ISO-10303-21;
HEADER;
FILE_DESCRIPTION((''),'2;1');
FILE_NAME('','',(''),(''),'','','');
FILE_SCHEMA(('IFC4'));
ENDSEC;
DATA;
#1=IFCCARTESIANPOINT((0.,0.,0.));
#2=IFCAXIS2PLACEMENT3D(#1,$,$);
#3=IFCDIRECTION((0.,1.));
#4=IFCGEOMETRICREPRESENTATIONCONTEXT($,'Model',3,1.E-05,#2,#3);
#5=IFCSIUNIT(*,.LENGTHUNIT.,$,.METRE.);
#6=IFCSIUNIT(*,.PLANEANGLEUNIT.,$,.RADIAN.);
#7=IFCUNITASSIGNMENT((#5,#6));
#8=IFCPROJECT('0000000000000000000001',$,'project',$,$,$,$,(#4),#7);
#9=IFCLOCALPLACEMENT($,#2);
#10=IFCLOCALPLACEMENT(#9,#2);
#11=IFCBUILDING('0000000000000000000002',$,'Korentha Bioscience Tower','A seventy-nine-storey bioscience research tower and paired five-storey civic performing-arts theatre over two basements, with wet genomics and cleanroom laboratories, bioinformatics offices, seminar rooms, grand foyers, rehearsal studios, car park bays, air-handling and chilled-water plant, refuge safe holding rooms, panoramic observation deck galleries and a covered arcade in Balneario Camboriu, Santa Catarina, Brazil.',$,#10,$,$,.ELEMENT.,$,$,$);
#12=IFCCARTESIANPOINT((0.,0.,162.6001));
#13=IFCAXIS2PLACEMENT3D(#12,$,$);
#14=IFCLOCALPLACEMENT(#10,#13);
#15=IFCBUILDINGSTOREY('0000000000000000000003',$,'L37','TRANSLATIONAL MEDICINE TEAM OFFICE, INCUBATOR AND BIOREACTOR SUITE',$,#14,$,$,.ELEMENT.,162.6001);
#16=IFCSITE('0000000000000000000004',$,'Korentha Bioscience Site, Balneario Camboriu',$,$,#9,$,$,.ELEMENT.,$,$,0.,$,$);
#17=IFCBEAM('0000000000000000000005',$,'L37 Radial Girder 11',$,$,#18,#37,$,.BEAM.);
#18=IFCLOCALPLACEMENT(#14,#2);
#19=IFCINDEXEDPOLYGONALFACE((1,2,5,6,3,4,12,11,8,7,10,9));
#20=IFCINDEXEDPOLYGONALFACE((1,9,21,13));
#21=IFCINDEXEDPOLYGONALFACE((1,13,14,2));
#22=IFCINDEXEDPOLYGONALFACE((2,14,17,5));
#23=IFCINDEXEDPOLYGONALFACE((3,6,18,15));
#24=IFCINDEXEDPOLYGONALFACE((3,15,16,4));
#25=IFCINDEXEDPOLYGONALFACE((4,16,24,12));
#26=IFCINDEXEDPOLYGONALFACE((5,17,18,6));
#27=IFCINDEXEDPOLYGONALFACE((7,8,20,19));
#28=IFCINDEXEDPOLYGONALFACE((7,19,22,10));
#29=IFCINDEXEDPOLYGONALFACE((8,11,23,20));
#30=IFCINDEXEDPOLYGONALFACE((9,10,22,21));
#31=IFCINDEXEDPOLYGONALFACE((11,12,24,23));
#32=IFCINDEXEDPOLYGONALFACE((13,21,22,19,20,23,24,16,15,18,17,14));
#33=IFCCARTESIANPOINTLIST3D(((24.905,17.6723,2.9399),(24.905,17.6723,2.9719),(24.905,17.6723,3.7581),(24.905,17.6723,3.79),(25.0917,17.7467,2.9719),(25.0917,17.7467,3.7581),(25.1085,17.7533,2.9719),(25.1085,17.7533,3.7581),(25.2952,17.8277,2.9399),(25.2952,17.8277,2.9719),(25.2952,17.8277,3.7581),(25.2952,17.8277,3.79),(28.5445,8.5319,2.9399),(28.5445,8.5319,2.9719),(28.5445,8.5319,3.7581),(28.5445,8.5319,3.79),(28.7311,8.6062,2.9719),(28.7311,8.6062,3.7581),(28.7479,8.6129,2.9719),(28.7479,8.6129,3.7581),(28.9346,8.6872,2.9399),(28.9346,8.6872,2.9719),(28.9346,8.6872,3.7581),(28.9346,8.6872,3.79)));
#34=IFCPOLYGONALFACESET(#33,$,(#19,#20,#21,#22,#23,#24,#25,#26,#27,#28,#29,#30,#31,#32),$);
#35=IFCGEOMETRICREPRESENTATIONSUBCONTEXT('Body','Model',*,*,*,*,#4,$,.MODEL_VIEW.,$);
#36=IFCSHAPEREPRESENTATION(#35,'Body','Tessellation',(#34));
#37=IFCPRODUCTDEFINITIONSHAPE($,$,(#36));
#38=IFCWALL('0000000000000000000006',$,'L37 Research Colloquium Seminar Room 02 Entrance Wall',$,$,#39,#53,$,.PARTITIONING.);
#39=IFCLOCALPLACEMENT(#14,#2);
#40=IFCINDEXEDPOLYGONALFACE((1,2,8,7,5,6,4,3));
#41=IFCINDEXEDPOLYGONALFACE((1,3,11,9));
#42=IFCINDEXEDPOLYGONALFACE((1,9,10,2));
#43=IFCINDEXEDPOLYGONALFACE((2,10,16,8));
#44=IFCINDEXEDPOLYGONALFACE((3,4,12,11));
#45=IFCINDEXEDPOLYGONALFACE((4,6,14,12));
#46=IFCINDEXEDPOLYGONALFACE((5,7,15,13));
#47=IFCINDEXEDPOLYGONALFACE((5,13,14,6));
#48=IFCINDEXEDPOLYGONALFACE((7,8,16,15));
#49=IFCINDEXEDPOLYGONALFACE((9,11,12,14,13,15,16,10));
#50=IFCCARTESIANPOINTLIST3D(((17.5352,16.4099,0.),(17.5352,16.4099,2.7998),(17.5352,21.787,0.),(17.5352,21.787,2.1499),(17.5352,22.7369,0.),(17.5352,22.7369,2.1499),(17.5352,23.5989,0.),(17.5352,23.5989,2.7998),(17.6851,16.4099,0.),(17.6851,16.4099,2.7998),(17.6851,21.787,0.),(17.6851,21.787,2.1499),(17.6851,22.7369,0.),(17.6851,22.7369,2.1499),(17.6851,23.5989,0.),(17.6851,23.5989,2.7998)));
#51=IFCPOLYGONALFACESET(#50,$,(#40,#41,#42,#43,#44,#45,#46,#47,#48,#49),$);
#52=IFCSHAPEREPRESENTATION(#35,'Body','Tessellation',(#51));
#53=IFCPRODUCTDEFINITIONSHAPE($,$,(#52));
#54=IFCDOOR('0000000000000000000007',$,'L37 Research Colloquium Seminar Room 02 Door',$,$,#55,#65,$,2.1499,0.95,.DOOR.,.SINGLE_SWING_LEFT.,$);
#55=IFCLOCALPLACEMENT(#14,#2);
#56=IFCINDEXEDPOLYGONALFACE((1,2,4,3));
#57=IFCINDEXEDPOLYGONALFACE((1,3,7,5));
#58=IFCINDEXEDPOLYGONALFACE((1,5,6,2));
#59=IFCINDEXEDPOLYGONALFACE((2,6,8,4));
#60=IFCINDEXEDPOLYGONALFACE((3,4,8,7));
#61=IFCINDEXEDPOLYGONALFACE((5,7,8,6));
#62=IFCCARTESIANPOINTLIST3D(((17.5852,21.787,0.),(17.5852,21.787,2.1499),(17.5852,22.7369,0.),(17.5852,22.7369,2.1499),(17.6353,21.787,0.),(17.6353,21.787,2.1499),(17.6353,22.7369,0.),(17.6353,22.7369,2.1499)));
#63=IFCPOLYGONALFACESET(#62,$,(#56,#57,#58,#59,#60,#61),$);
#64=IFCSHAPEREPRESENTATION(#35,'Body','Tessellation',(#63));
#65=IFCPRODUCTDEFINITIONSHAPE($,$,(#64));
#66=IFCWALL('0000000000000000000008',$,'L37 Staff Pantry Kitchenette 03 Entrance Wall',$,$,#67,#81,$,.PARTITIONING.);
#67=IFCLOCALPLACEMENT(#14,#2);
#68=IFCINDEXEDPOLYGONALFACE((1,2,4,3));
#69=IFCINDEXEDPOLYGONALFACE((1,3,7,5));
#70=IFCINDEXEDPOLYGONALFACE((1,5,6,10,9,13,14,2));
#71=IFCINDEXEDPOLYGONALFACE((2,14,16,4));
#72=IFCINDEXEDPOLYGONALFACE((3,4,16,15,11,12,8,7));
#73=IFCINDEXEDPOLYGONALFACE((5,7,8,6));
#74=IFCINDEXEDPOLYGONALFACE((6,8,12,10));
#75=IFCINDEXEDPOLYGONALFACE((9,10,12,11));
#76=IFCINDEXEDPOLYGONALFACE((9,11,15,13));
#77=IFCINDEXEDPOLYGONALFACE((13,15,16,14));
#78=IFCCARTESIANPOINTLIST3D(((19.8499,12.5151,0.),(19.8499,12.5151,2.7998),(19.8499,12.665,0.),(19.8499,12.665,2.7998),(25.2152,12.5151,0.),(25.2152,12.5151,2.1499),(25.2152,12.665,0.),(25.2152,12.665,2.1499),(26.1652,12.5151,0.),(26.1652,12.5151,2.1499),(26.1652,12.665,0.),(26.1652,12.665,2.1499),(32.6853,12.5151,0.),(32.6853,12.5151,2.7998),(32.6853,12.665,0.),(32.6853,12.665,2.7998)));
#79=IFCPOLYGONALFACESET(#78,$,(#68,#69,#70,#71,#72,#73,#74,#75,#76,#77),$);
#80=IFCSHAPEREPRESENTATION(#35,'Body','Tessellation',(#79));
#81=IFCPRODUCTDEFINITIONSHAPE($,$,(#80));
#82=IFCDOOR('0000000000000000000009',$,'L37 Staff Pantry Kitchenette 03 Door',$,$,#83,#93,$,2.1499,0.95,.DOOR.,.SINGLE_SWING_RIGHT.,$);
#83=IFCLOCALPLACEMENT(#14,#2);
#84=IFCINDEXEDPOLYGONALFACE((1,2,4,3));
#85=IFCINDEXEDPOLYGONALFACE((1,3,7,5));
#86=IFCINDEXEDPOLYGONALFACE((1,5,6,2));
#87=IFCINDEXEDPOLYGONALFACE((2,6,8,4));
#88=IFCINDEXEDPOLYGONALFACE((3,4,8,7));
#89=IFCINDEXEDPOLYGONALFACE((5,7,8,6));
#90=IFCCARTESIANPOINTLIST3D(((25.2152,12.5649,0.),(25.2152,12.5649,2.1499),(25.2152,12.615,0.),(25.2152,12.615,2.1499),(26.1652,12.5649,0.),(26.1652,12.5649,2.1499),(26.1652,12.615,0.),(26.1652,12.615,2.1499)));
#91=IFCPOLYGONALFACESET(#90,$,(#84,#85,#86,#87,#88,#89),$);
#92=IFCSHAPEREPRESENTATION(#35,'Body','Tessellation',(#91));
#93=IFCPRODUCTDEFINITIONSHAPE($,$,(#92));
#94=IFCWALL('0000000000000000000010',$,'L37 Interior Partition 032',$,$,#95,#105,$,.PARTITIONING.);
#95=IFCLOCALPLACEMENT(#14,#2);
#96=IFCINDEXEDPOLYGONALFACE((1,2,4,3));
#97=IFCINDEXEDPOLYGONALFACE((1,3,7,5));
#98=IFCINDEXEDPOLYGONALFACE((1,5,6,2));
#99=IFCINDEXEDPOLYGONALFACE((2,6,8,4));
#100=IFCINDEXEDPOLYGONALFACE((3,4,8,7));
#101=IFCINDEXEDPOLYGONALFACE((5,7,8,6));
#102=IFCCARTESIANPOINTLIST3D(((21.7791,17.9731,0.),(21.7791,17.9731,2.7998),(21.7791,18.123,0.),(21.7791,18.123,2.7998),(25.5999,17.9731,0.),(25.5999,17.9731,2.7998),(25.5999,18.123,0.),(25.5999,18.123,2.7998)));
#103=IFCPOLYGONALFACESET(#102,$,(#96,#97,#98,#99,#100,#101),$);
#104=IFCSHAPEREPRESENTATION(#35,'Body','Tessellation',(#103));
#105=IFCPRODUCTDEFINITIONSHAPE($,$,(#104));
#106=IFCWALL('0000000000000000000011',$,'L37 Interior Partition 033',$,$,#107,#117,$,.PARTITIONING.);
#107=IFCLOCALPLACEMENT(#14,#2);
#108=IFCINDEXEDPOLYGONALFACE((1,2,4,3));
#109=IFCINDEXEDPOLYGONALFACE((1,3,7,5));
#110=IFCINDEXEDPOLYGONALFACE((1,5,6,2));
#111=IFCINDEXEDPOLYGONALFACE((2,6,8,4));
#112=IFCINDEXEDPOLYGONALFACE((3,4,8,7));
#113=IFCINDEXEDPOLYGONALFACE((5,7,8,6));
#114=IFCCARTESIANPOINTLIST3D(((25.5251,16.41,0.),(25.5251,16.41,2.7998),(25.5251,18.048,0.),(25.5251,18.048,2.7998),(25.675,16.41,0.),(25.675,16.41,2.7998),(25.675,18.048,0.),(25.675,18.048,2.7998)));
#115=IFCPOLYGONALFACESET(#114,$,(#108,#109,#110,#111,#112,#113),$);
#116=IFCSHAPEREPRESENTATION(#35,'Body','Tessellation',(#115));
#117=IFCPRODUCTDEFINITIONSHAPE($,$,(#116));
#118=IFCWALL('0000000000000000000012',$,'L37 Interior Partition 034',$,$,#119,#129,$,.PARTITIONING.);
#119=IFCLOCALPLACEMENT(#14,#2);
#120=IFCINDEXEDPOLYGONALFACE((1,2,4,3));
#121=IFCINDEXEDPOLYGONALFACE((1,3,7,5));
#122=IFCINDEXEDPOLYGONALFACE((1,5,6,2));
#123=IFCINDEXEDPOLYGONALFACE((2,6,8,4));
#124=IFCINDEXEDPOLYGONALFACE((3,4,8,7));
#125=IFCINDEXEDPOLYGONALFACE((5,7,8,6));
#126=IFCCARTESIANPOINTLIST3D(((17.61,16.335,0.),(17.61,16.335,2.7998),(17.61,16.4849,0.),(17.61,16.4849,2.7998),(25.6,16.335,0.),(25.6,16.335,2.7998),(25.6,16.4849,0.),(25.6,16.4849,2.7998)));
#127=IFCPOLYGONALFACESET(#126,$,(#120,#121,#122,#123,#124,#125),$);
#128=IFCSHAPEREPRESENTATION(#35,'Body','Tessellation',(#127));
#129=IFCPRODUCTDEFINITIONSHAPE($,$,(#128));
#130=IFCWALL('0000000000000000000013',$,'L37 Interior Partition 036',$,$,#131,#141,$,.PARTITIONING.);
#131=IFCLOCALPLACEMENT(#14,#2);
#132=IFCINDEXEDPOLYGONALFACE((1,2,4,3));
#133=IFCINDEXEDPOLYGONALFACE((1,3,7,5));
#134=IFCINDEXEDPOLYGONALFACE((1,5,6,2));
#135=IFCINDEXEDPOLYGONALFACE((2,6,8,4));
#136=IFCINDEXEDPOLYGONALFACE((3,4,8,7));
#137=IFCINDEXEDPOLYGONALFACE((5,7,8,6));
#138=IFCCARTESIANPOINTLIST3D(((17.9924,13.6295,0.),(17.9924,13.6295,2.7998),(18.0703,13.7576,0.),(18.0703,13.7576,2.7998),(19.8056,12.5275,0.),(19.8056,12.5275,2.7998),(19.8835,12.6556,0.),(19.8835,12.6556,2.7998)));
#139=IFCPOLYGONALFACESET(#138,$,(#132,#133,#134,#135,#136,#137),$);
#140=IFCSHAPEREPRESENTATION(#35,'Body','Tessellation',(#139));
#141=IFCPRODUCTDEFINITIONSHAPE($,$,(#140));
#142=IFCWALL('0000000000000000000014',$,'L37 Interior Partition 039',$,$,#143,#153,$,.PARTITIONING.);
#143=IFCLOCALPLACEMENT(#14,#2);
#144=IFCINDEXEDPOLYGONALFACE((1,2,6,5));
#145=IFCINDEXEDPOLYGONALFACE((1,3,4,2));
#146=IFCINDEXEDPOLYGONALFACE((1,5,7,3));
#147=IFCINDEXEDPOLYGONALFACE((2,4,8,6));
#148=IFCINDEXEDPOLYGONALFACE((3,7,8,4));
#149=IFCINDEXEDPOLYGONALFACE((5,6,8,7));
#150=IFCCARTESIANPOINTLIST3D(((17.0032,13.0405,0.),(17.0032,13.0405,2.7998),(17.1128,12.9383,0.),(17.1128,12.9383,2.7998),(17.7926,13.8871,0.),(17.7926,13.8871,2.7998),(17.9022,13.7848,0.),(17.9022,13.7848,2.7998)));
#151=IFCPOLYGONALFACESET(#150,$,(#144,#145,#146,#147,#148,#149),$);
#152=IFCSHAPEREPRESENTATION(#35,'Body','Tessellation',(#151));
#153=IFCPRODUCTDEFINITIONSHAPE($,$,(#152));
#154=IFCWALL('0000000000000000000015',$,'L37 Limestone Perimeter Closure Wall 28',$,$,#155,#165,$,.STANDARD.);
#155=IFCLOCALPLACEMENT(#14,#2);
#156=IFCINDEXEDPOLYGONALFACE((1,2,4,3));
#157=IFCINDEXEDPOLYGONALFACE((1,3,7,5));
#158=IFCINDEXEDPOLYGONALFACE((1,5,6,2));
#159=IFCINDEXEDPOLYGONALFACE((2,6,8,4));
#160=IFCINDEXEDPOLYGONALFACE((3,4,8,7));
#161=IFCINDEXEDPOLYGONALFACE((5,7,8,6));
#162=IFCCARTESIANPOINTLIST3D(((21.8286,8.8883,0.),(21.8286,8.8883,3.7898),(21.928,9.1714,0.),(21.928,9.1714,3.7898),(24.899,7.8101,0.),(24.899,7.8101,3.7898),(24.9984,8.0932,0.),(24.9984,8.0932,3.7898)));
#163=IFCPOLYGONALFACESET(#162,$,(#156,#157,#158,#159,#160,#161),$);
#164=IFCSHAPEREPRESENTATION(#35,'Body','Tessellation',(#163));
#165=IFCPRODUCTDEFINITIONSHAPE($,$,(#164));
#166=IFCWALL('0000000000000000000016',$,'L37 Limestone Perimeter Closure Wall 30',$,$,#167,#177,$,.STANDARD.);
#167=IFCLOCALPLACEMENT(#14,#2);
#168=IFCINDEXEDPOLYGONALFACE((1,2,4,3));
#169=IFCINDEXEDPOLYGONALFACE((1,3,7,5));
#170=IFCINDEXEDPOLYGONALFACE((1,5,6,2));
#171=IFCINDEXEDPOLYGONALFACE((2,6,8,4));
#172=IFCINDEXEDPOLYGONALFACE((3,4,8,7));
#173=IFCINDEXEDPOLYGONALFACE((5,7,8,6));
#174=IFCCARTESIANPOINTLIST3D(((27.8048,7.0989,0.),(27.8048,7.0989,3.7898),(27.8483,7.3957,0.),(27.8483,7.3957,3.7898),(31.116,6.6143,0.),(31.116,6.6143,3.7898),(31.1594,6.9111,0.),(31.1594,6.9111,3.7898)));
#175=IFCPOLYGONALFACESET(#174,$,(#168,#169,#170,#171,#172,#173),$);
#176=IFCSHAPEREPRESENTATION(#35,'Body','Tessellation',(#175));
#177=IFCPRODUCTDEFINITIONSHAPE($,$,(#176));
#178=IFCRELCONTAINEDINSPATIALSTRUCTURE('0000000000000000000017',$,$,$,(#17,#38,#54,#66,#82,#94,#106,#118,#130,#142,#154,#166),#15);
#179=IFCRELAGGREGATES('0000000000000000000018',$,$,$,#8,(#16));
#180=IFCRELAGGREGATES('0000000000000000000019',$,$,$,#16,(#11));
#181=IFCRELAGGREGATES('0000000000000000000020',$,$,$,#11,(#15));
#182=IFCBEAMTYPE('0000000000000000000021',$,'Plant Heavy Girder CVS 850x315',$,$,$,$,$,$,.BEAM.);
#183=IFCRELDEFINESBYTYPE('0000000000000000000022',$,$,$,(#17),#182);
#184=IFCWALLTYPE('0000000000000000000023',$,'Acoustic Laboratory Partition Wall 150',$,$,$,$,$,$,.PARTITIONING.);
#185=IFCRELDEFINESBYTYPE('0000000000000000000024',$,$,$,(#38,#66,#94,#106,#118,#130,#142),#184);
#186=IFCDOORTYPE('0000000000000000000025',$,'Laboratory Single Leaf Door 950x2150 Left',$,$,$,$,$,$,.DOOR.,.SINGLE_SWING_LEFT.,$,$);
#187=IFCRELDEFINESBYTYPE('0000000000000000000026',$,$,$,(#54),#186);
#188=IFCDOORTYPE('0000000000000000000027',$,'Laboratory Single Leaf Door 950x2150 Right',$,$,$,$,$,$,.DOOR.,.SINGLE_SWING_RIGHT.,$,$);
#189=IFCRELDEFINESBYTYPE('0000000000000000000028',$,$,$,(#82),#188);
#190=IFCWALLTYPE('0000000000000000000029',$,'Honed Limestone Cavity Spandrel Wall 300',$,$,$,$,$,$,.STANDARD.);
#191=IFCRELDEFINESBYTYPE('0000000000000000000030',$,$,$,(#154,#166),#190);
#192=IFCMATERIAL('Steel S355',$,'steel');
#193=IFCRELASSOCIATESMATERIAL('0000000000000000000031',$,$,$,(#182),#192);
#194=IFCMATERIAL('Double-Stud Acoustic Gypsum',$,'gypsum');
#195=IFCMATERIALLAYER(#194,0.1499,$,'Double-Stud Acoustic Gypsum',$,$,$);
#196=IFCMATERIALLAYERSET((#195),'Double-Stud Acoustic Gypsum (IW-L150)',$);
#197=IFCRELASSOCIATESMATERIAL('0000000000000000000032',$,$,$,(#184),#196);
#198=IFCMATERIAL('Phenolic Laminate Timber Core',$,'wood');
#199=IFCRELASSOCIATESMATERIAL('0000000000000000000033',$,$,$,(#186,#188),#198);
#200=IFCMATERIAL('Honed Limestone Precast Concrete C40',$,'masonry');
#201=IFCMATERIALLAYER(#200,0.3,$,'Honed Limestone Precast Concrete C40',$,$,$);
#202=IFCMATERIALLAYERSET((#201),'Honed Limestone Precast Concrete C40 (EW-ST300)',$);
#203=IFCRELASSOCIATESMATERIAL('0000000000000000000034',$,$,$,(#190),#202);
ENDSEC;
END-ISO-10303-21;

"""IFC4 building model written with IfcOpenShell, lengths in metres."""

from ifc_helpers import new_model, si_unit, direction, frame, frame_2d, origin, origin_2d, place, context, subcontext, project, spatial, rectangle, i_section, extrude, material, layer, layer_set, material_profile, profile_set, type_object, element, fill, save


model = new_model("IFC4")

# Units and contexts
model_context = context("Model", 3, precision=1e-05, world=origin(), true_north=direction((0.0, 1.0)))
body_context = subcontext(model_context, "Body", "Model", "MODEL_VIEW")
ifc_project = project(units=[si_unit("LENGTHUNIT", "METRE"), si_unit("PLANEANGLEUNIT", "RADIAN")], contexts=[model_context])

# Site, building, storey
site_placement = place(None, origin())
site = spatial("IfcSite", under=ifc_project, at=site_placement, Name="Korentha Bioscience Site, Balneario Camboriu", CompositionType="ELEMENT", RefElevation=0.0)
building_placement = place(site_placement, origin())
building = spatial("IfcBuilding", under=site, at=building_placement, Name="Korentha Bioscience Tower", Description="A seventy-nine-storey bioscience research tower and paired five-storey civic performing-arts theatre over two basements, with wet genomics and cleanroom laboratories, bioinformatics offices, seminar rooms, grand foyers, rehearsal studios, car park bays, air-handling and chilled-water plant, refuge safe holding rooms, panoramic observation deck galleries and a covered arcade in Balneario Camboriu, Santa Catarina, Brazil.", CompositionType="ELEMENT")
storey_placement = place(building_placement, frame((0.0, 0.0, 162.6001)))
storey = spatial("IfcBuildingStorey", under=building, at=storey_placement, Name="L37", Description="TRANSLATIONAL MEDICINE TEAM OFFICE, INCUBATOR AND BIOREACTOR SUITE", CompositionType="ELEMENT", Elevation=162.6001)

# Beam
ifc_material_1 = material(Name="Steel S355", Category="steel")
ifc_material_profile_1 = material_profile(ifc_material_1, i_section(OverallWidth=0.4199, OverallDepth=0.8501, WebThickness=0.0181, FlangeThickness=0.032, at=origin_2d()), Name="Steel S355")
ifc_profile_set_1 = profile_set([ifc_material_profile_1], Name="Steel S355 (MB-850)")
beam_type_1 = type_object("IfcBeamType", Name="Plant Heavy Girder CVS 850x315", PredefinedType="BEAM", material=ifc_profile_set_1)
beam_1_placement = place(storey_placement, frame((25.1001, 17.75, 3.365), z_axis=(0.369923, -0.929063, 0.0), x_axis=(0.929063, 0.369923, 0.0)))
element("IfcBeam", 1, at=beam_1_placement, inside=storey, type_object=beam_type_1, Name="L37 Radial Girder 11", PredefinedType="BEAM", context=body_context, shape_type="SweptSolid", body=[
    extrude(i_section(OverallWidth=0.4199, OverallDepth=0.8501, WebThickness=0.0181, FlangeThickness=0.032, at=origin_2d()), origin(), (0.0, 0.0, 1.0), 9.8384),
])

# Walls, openings, doors
ifc_material_2 = material(Name="Double-Stud Acoustic Gypsum", Category="gypsum")
ifc_layer_1 = layer(ifc_material_2, 0.1499, Name="Double-Stud Acoustic Gypsum")
ifc_layer_set_1 = layer_set([ifc_layer_1], Name="Double-Stud Acoustic Gypsum (IW-L150)")
wall_type_1 = type_object("IfcWallType", Name="Acoustic Laboratory Partition Wall 150", PredefinedType="PARTITIONING", material=ifc_layer_set_1)
wall_1_placement = place(storey_placement, frame((17.6101, 16.4099, 0.0), z_axis=(0.0, 0.0, 1.0), x_axis=(0.0, 1.0, 0.0)))
wall_1 = element("IfcWall", 2, at=wall_1_placement, inside=storey, type_object=wall_type_1, Name="L37 Research Colloquium Seminar Room 02 Entrance Wall", PredefinedType="PARTITIONING", context=body_context, shape_type="SweptSolid", body=[
    extrude(rectangle(XDim=7.189, YDim=0.1499, at=frame_2d((3.5945, 0.0))), origin(), (0.0, 0.0, 1.0), 2.7998),
])
opening_1_placement = place(wall_1_placement, frame((5.377, 0.0, 0.0)))
opening_1 = element("IfcOpeningElement", 3, at=opening_1_placement, cuts=wall_1, PredefinedType="OPENING", context=body_context, shape_type="SweptSolid", body=[
    extrude(rectangle(XDim=0.95, YDim=2.1499, at=frame_2d((0.4751, 1.075))), frame((0.0, 0.0898, 0.0), z_axis=(0.0, -1.0, 0.0), x_axis=(1.0, 0.0, 0.0)), (0.0, 0.0, 1.0), 0.1797),
])
ifc_material_3 = material(Name="Phenolic Laminate Timber Core", Category="wood")
door_type_1 = type_object("IfcDoorType", Name="Laboratory Single Leaf Door 950x2150 Left", OperationType="SINGLE_SWING_LEFT", PredefinedType="DOOR", material=ifc_material_3)
door_1_placement = place(opening_1_placement, origin())
door_1 = element("IfcDoor", 4, at=door_1_placement, inside=storey, type_object=door_type_1, Name="L37 Research Colloquium Seminar Room 02 Door", OperationType="SINGLE_SWING_LEFT", OverallHeight=2.1499, OverallWidth=0.95, PredefinedType="DOOR", context=body_context, shape_type="SweptSolid", body=[
    extrude(rectangle(XDim=0.95, YDim=2.1499, at=frame_2d((0.4751, 1.075))), frame((0.0, 0.0249, 0.0), z_axis=(0.0, -1.0, 0.0), x_axis=(1.0, 0.0, 0.0)), (0.0, 0.0, 1.0), 0.05),
])
fill(opening_1, door_1)
wall_2_placement = place(storey_placement, frame((19.8499, 12.5901, 0.0), z_axis=(0.0, 0.0, 1.0), x_axis=(1.0, 0.0, 0.0)))
wall_2 = element("IfcWall", 5, at=wall_2_placement, inside=storey, type_object=wall_type_1, Name="L37 Staff Pantry Kitchenette 03 Entrance Wall", PredefinedType="PARTITIONING", context=body_context, shape_type="SweptSolid", body=[
    extrude(rectangle(XDim=12.8354, YDim=0.1499, at=frame_2d((6.4177, 0.0))), origin(), (0.0, 0.0, 1.0), 2.7998),
])
opening_2_placement = place(wall_2_placement, frame((5.3652, 0.0, 0.0)))
opening_2 = element("IfcOpeningElement", 6, at=opening_2_placement, cuts=wall_2, PredefinedType="OPENING", context=body_context, shape_type="SweptSolid", body=[
    extrude(rectangle(XDim=0.95, YDim=2.1499, at=frame_2d((0.4751, 1.075))), frame((0.0, 0.0898, 0.0), z_axis=(0.0, -1.0, 0.0), x_axis=(1.0, 0.0, 0.0)), (0.0, 0.0, 1.0), 0.1797),
])
door_type_2 = type_object("IfcDoorType", Name="Laboratory Single Leaf Door 950x2150 Right", OperationType="SINGLE_SWING_RIGHT", PredefinedType="DOOR", material=ifc_material_3)
door_2_placement = place(opening_2_placement, origin())
door_2 = element("IfcDoor", 7, at=door_2_placement, inside=storey, type_object=door_type_2, Name="L37 Staff Pantry Kitchenette 03 Door", OperationType="SINGLE_SWING_RIGHT", OverallHeight=2.1499, OverallWidth=0.95, PredefinedType="DOOR", context=body_context, shape_type="SweptSolid", body=[
    extrude(rectangle(XDim=0.95, YDim=2.1499, at=frame_2d((0.4751, 1.075))), frame((0.0, 0.0249, 0.0), z_axis=(0.0, -1.0, 0.0), x_axis=(1.0, 0.0, 0.0)), (0.0, 0.0, 1.0), 0.05),
])
fill(opening_2, door_2)

# Walls
wall_3_placement = place(storey_placement, frame((21.7791, 18.0481, 0.0), z_axis=(0.0, 0.0, 1.0), x_axis=(1.0, 0.0, 0.0)))
element("IfcWall", 8, at=wall_3_placement, inside=storey, type_object=wall_type_1, Name="L37 Interior Partition 032", PredefinedType="PARTITIONING", context=body_context, shape_type="SweptSolid", body=[
    extrude(rectangle(XDim=3.8208, YDim=0.1499, at=frame_2d((1.9104, 0.0))), origin(), (0.0, 0.0, 1.0), 2.7998),
])
wall_4_placement = place(storey_placement, frame((25.6001, 18.0479, 0.0), z_axis=(0.0, 0.0, 1.0), x_axis=(0.0, -1.0, 0.0)))
element("IfcWall", 9, at=wall_4_placement, inside=storey, type_object=wall_type_1, Name="L37 Interior Partition 033", PredefinedType="PARTITIONING", context=body_context, shape_type="SweptSolid", body=[
    extrude(rectangle(XDim=1.6379, YDim=0.1499, at=frame_2d((0.8188, 0.0))), origin(), (0.0, 0.0, 1.0), 2.7998),
])
wall_5_placement = place(storey_placement, frame((25.6001, 16.4099, 0.0), z_axis=(0.0, 0.0, 1.0), x_axis=(-1.0, 0.0, 0.0)))
element("IfcWall", 10, at=wall_5_placement, inside=storey, type_object=wall_type_1, Name="L37 Interior Partition 034", PredefinedType="PARTITIONING", context=body_context, shape_type="SweptSolid", body=[
    extrude(rectangle(XDim=7.99, YDim=0.1499, at=frame_2d((3.9951, 0.0))), origin(), (0.0, 0.0, 1.0), 2.7998),
])
wall_6_placement = place(storey_placement, frame((18.0312, 13.6936, 0.0), z_axis=(0.0, 0.0, 1.0), x_axis=(0.854545, -0.519377, 0.0)))
element("IfcWall", 11, at=wall_6_placement, inside=storey, type_object=wall_type_1, Name="L37 Interior Partition 036", PredefinedType="PARTITIONING", context=body_context, shape_type="SweptSolid", body=[
    extrude(rectangle(XDim=2.1218, YDim=0.1499, at=frame_2d((1.061, 0.0))), origin(), (0.0, 0.0, 1.0), 2.7998),
])
wall_7_placement = place(storey_placement, frame((17.0581, 12.9895, 0.0), z_axis=(0.0, 0.0, 1.0), x_axis=(0.681995, 0.731357, 0.0)))
element("IfcWall", 12, at=wall_7_placement, inside=storey, type_object=wall_type_1, Name="L37 Interior Partition 039", PredefinedType="PARTITIONING", context=body_context, shape_type="SweptSolid", body=[
    extrude(rectangle(XDim=1.1575, YDim=0.1499, at=frame_2d((0.5786, 0.0))), origin(), (0.0, 0.0, 1.0), 2.7998),
])

# Shared definitions
ifc_material_4 = material(Name="Honed Limestone Precast Concrete C40", Category="masonry")
ifc_layer_2 = layer(ifc_material_4, 0.3, Name="Honed Limestone Precast Concrete C40")
ifc_layer_set_2 = layer_set([ifc_layer_2], Name="Honed Limestone Precast Concrete C40 (EW-ST300)")
wall_type_2 = type_object("IfcWallType", Name="Honed Limestone Cavity Spandrel Wall 300", PredefinedType="STANDARD", material=ifc_layer_set_2)

# Walls
wall_8_placement = place(storey_placement, frame((21.8784, 9.0298, 0.0), z_axis=(0.0, 0.0, 1.0), x_axis=(0.943521, -0.331313, 0.0)))
element("IfcWall", 13, at=wall_8_placement, inside=storey, type_object=wall_type_2, Name="L37 Limestone Perimeter Closure Wall 28", PredefinedType="STANDARD", context=body_context, shape_type="SweptSolid", body=[
    extrude(rectangle(XDim=3.2542, YDim=0.3, at=frame_2d((1.627, 0.0))), origin(), (0.0, 0.0, 1.0), 3.7898),
])
wall_9_placement = place(storey_placement, frame((27.8264, 7.2473, 0.0), z_axis=(0.0, 0.0, 1.0), x_axis=(0.989459, -0.144811, 0.0)))
element("IfcWall", 14, at=wall_9_placement, inside=storey, type_object=wall_type_2, Name="L37 Limestone Perimeter Closure Wall 30", PredefinedType="STANDARD", context=body_context, shape_type="SweptSolid", body=[
    extrude(rectangle(XDim=3.3464, YDim=0.3, at=frame_2d((1.6733, 0.0))), origin(), (0.0, 0.0, 1.0), 3.7898),
])

save(model, "model.ifc")
